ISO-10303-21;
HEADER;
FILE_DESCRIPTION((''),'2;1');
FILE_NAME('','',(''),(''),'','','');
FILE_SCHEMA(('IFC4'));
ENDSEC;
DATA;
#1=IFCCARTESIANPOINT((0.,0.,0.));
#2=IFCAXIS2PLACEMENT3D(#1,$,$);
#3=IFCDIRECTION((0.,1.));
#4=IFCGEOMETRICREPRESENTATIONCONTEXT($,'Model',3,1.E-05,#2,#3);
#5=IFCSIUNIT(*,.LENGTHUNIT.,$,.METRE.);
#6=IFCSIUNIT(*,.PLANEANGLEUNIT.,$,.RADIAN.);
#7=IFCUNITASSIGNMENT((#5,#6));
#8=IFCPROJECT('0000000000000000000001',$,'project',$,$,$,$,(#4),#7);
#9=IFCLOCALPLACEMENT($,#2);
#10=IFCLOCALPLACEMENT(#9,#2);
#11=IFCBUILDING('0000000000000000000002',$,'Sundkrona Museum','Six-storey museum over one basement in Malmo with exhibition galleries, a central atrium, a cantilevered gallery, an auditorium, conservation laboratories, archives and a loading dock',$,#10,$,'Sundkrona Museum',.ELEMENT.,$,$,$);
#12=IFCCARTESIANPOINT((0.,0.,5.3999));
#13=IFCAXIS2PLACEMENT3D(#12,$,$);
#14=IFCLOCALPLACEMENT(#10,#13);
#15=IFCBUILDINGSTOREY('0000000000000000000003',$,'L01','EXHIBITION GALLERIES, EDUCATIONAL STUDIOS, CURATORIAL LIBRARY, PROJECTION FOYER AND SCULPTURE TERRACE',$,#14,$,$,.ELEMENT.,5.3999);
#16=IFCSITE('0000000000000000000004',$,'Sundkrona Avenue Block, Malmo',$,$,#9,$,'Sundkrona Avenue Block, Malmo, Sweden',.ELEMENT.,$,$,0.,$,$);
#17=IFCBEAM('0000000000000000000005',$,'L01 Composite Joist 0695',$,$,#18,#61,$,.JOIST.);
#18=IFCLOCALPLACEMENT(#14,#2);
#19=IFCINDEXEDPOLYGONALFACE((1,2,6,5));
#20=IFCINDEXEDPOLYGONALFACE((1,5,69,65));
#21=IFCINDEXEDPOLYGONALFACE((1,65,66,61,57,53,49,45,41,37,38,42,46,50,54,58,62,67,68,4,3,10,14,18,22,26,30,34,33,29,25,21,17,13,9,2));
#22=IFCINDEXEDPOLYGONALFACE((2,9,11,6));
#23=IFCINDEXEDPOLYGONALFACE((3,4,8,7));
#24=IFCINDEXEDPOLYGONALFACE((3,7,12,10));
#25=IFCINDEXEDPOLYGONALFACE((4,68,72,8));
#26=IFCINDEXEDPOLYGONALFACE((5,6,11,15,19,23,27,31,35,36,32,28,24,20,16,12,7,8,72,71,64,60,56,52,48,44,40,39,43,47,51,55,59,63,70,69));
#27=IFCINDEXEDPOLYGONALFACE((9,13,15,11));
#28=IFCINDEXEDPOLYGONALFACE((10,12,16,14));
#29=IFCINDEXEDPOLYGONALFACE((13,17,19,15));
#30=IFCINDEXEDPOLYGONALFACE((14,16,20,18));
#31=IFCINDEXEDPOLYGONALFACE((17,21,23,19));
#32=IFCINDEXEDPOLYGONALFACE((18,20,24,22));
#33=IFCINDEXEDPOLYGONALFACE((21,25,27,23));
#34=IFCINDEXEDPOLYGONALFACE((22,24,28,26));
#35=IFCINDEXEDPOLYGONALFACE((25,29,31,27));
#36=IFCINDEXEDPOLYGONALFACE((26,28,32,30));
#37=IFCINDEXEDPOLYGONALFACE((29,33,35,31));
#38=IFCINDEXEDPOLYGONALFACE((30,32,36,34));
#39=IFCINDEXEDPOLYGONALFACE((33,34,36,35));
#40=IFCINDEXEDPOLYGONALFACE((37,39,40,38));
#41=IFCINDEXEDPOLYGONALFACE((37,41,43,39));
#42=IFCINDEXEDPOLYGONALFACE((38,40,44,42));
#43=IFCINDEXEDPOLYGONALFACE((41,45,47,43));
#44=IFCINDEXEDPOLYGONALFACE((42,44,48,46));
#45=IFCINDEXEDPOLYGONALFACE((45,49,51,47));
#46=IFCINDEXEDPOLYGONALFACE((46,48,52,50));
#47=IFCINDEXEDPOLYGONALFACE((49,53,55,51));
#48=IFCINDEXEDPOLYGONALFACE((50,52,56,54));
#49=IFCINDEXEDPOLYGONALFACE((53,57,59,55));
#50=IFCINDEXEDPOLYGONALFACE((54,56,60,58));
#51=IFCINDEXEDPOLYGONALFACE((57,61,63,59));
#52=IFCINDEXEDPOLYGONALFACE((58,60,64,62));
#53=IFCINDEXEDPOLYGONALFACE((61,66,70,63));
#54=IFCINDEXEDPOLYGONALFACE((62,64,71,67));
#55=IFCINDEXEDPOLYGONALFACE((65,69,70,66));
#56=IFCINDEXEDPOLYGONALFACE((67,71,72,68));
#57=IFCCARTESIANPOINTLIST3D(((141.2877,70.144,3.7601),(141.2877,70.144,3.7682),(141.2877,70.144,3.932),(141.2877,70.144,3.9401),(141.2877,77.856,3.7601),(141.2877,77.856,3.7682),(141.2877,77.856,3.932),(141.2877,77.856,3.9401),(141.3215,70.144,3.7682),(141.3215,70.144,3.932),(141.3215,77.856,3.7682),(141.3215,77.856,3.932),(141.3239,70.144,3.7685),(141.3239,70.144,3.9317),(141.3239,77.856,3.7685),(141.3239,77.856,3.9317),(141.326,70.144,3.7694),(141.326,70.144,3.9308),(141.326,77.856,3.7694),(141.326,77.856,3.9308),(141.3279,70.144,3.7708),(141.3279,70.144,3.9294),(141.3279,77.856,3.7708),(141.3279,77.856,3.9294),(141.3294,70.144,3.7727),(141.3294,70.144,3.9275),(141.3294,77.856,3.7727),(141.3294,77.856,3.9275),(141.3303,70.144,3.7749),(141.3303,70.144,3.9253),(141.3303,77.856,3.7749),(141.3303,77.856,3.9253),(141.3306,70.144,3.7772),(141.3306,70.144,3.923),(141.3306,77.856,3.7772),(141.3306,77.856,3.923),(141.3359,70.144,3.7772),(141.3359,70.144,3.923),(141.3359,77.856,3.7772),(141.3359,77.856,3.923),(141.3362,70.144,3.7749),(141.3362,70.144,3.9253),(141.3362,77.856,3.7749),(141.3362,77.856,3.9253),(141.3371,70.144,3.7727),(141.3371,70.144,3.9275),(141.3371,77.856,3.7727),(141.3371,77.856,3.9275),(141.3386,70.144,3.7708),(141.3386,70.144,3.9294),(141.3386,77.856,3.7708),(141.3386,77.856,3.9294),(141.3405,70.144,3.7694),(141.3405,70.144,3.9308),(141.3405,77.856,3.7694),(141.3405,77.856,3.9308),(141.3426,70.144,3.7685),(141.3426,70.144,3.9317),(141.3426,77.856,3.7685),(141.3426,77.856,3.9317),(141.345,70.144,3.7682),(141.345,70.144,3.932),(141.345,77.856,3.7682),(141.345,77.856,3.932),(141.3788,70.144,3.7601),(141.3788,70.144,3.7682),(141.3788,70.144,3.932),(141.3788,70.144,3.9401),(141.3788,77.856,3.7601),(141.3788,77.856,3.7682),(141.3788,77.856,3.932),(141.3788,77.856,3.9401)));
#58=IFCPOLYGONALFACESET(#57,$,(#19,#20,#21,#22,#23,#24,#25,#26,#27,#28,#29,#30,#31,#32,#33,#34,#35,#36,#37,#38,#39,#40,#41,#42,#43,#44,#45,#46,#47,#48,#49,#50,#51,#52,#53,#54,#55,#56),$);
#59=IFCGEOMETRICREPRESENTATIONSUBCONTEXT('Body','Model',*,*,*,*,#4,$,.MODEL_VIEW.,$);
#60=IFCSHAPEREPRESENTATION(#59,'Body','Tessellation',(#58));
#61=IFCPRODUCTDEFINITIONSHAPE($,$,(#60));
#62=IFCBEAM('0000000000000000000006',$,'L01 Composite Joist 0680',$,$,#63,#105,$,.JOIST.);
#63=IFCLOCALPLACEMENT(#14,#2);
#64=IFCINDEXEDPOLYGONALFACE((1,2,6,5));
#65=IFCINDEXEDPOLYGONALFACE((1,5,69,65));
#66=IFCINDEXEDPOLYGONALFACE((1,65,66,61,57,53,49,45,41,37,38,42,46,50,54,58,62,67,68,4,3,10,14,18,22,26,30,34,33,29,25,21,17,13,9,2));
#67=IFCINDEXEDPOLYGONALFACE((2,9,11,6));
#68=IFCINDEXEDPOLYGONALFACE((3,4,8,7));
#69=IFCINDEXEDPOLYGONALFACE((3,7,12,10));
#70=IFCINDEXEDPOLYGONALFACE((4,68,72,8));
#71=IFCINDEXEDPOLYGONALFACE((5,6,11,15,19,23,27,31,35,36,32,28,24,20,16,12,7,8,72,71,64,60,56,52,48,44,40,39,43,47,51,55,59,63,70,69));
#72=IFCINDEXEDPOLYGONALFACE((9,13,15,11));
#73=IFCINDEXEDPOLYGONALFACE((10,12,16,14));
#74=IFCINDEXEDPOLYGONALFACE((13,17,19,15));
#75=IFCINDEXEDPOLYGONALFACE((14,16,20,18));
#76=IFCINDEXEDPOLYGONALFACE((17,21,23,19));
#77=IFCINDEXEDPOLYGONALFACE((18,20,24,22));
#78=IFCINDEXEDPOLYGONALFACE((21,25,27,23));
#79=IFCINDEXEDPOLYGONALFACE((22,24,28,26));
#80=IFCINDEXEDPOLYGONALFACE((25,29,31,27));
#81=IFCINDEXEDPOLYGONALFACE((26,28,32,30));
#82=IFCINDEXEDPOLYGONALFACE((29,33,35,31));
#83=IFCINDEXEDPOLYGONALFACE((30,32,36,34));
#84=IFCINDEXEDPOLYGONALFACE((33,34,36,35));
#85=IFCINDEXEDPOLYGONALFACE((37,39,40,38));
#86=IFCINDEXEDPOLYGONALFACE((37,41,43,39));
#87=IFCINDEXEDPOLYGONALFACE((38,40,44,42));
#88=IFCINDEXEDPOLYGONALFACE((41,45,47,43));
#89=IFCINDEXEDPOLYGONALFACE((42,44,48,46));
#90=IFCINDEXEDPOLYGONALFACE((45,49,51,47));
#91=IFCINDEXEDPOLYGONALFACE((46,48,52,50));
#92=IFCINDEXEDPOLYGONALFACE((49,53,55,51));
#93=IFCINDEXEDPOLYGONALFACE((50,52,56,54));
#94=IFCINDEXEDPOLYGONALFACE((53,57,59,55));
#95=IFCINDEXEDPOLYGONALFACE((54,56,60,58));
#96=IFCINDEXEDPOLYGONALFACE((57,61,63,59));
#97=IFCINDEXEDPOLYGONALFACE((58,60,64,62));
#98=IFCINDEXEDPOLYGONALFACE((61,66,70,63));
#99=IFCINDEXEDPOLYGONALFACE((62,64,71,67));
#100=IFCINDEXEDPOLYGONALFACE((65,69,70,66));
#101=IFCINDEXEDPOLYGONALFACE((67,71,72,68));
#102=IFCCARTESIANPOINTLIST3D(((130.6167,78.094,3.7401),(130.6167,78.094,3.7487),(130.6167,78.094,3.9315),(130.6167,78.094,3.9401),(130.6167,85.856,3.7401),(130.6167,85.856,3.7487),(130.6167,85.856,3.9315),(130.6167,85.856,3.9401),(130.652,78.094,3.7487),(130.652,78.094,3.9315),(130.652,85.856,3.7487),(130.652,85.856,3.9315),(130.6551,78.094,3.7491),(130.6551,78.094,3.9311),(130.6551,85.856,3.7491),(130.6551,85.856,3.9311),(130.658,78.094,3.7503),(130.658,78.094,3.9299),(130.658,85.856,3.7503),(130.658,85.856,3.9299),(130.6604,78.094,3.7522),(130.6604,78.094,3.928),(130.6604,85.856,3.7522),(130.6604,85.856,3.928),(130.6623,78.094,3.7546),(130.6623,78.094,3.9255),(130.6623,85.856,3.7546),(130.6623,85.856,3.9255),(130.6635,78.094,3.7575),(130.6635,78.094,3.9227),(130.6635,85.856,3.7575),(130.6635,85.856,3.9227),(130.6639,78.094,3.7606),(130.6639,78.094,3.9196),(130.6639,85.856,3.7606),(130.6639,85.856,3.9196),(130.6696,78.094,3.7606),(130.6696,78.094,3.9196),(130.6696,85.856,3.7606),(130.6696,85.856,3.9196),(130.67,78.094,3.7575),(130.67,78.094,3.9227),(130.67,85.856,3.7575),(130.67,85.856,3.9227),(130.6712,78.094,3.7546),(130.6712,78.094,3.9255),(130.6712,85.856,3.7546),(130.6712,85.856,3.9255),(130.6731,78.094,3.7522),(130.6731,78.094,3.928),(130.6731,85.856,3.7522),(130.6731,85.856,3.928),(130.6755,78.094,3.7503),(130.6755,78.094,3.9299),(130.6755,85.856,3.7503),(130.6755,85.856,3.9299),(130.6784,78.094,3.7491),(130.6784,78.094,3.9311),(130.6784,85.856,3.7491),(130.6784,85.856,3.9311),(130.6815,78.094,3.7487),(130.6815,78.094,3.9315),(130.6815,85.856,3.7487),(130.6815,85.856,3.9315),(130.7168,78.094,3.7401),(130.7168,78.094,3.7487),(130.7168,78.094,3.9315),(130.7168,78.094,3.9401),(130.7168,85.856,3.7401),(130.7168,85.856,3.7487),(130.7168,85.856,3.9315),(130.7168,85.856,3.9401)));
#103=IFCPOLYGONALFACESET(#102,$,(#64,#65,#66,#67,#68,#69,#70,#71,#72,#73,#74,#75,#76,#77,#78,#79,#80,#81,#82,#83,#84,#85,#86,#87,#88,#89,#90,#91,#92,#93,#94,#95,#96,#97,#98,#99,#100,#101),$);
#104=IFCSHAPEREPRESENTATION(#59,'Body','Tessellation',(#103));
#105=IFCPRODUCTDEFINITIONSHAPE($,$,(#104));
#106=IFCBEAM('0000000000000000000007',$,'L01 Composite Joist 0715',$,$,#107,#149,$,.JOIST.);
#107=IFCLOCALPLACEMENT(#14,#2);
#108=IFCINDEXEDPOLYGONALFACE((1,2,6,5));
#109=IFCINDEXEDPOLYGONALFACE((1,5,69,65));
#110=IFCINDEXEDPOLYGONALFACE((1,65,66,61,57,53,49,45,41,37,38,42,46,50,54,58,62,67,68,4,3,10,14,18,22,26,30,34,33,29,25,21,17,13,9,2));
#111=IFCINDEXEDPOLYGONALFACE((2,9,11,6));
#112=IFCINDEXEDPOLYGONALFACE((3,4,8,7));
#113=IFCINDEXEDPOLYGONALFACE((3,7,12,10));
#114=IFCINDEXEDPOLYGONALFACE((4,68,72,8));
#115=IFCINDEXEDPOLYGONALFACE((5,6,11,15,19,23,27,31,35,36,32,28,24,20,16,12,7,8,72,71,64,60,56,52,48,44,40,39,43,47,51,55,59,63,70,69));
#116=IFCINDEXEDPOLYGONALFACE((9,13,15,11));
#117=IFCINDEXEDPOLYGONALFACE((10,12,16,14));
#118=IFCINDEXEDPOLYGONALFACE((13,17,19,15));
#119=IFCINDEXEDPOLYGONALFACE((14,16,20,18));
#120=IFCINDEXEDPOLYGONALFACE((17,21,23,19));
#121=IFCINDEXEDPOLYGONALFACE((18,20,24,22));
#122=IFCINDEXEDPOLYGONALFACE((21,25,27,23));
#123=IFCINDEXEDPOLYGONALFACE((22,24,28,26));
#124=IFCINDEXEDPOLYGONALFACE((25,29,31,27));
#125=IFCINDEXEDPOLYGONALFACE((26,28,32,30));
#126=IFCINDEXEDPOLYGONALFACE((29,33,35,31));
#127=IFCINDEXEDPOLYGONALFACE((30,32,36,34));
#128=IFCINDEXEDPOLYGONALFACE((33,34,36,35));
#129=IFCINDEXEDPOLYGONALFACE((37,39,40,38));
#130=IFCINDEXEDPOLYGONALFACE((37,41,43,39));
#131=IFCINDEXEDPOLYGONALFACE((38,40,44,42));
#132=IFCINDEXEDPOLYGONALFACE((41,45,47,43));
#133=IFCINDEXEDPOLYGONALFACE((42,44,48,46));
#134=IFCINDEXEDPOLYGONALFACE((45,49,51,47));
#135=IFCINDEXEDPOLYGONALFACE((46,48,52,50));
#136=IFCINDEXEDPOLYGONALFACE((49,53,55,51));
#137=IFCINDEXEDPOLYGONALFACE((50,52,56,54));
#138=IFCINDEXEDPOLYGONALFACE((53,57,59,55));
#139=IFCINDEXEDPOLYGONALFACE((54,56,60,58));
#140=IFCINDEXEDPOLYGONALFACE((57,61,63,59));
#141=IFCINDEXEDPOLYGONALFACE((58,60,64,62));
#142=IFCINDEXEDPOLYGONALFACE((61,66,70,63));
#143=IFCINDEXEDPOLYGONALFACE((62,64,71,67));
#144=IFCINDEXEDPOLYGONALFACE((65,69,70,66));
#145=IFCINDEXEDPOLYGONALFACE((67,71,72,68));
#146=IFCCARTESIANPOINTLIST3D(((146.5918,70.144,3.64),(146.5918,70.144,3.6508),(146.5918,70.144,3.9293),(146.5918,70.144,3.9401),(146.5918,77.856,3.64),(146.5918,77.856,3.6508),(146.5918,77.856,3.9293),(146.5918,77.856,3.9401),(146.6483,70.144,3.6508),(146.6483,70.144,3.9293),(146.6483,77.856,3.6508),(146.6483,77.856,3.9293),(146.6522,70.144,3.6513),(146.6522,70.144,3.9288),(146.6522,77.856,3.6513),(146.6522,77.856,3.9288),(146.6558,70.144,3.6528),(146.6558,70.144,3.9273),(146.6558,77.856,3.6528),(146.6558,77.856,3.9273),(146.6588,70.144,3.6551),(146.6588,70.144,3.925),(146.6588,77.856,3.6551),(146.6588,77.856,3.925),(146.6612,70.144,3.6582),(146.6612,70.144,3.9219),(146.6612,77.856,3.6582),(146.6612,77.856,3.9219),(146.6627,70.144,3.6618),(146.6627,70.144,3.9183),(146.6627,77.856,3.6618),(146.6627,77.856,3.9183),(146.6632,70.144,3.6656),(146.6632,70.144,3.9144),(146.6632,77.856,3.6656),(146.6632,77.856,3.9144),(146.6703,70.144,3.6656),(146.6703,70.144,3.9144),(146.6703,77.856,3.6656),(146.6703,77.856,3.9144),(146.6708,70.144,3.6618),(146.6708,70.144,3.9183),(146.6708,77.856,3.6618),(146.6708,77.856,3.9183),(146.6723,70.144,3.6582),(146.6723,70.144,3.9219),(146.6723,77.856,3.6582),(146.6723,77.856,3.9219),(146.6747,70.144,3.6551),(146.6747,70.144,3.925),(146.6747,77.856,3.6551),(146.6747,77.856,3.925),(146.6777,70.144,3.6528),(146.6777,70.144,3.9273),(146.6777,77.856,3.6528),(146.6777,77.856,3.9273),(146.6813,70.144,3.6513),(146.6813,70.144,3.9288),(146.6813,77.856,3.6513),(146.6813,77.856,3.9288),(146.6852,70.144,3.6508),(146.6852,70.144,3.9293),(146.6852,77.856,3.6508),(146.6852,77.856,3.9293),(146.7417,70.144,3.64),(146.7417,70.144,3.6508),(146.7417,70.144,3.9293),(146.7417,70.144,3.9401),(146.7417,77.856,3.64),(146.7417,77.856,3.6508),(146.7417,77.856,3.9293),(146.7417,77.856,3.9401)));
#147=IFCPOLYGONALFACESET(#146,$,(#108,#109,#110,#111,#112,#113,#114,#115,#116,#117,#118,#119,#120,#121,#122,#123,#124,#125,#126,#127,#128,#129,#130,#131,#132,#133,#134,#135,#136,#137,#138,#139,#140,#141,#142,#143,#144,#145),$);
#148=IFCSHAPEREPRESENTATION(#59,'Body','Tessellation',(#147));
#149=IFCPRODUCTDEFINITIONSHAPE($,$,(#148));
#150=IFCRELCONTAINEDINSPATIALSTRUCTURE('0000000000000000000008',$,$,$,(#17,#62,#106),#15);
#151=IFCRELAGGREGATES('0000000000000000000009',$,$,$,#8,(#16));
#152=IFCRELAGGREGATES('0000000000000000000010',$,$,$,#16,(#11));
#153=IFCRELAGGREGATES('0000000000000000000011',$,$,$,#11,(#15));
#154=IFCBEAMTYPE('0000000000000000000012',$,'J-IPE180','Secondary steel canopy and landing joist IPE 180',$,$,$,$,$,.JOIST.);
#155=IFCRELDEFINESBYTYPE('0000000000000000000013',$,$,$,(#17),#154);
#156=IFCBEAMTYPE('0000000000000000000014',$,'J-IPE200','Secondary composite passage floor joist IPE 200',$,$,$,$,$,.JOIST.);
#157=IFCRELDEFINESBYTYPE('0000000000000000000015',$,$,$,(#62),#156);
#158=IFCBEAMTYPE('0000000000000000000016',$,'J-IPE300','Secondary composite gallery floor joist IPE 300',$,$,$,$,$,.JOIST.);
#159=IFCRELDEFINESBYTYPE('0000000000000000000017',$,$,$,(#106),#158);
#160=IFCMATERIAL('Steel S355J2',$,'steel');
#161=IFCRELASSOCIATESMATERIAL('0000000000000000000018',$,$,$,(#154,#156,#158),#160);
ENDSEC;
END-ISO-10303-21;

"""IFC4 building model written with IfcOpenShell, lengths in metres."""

from ifc_helpers import new_model, si_unit, direction, frame, origin, origin_2d, place, context, subcontext, project, spatial, i_section, extrude, material, material_profile, profile_set, type_object, element, save


model = new_model("IFC4")

# Units and contexts
model_context = context("Model", 3, precision=1e-05, world=origin(), true_north=direction((0.0, 1.0)))
body_context = subcontext(model_context, "Body", "Model", "MODEL_VIEW")
ifc_project = project(units=[si_unit("LENGTHUNIT", "METRE"), si_unit("PLANEANGLEUNIT", "RADIAN")], contexts=[model_context])

# Site, building, storey
site_placement = place(None, origin())
site = spatial("IfcSite", under=ifc_project, at=site_placement, Name="Sundkrona Avenue Block, Malmo", LongName="Sundkrona Avenue Block, Malmo, Sweden", CompositionType="ELEMENT", RefElevation=0.0)
building_placement = place(site_placement, origin())
building = spatial("IfcBuilding", under=site, at=building_placement, Name="Sundkrona Museum", Description="Six-storey museum over one basement in Malmo with exhibition galleries, a central atrium, a cantilevered gallery, an auditorium, conservation laboratories, archives and a loading dock", LongName="Sundkrona Museum", CompositionType="ELEMENT")
storey_placement = place(building_placement, frame((0.0, 0.0, 5.3999)))
storey = spatial("IfcBuildingStorey", under=building, at=storey_placement, Name="L01", Description="EXHIBITION GALLERIES, EDUCATIONAL STUDIOS, CURATORIAL LIBRARY, PROJECTION FOYER AND SCULPTURE TERRACE", CompositionType="ELEMENT", Elevation=5.3999)

# Shared definitions
ifc_material_1 = material(Name="Steel S355J2", Category="steel")

# Beams
ifc_material_profile_1 = material_profile(ifc_material_1, i_section(OverallWidth=0.0911, OverallDepth=0.1799, WebThickness=0.0054, FlangeThickness=0.0081, FilletRadius=0.009, at=origin_2d()), Name="IPE 180")
ifc_profile_set_1 = profile_set([ifc_material_profile_1], Name="Steel S355J2")
beam_type_1 = type_object("IfcBeamType", Name="J-IPE180", Description="Secondary steel canopy and landing joist IPE 180", PredefinedType="JOIST", material=ifc_profile_set_1)
beam_1_placement = place(storey_placement, frame((141.3333, 70.144, 3.8501), z_axis=(0.0, 1.0, 0.0), x_axis=(-1.0, 0.0, 0.0)))
element("IfcBeam", 1, at=beam_1_placement, inside=storey, type_object=beam_type_1, Name="L01 Composite Joist 0695", PredefinedType="JOIST", context=body_context, shape_type="SweptSolid", body=[
    extrude(i_section(OverallWidth=0.0911, OverallDepth=0.1799, WebThickness=0.0054, FlangeThickness=0.0081, FilletRadius=0.009, at=origin_2d()), origin(), (0.0, 0.0, 1.0), 7.7119),
])
ifc_material_profile_2 = material_profile(ifc_material_1, i_section(OverallWidth=0.1001, OverallDepth=0.2, WebThickness=0.0056, FlangeThickness=0.0085, FilletRadius=0.012, at=origin_2d()), Name="IPE 200")
ifc_profile_set_2 = profile_set([ifc_material_profile_2], Name="Steel S355J2")
beam_type_2 = type_object("IfcBeamType", Name="J-IPE200", Description="Secondary composite passage floor joist IPE 200", PredefinedType="JOIST", material=ifc_profile_set_2)
beam_2_placement = place(storey_placement, frame((130.6667, 78.094, 3.8401), z_axis=(0.0, 1.0, 0.0), x_axis=(-1.0, 0.0, 0.0)))
element("IfcBeam", 2, at=beam_2_placement, inside=storey, type_object=beam_type_2, Name="L01 Composite Joist 0680", PredefinedType="JOIST", context=body_context, shape_type="SweptSolid", body=[
    extrude(i_section(OverallWidth=0.1001, OverallDepth=0.2, WebThickness=0.0056, FlangeThickness=0.0085, FilletRadius=0.012, at=origin_2d()), origin(), (0.0, 0.0, 1.0), 7.762),
])
ifc_material_profile_3 = material_profile(ifc_material_1, i_section(OverallWidth=0.1499, OverallDepth=0.3, WebThickness=0.0071, FlangeThickness=0.0107, FilletRadius=0.0149, at=origin_2d()), Name="IPE 300")
ifc_profile_set_3 = profile_set([ifc_material_profile_3], Name="Steel S355J2")
beam_type_3 = type_object("IfcBeamType", Name="J-IPE300", Description="Secondary composite gallery floor joist IPE 300", PredefinedType="JOIST", material=ifc_profile_set_3)
beam_3_placement = place(storey_placement, frame((146.6667, 70.144, 3.79), z_axis=(0.0, 1.0, 0.0), x_axis=(-1.0, 0.0, 0.0)))
element("IfcBeam", 3, at=beam_3_placement, inside=storey, type_object=beam_type_3, Name="L01 Composite Joist 0715", PredefinedType="JOIST", context=body_context, shape_type="SweptSolid", body=[
    extrude(i_section(OverallWidth=0.1499, OverallDepth=0.3, WebThickness=0.0071, FlangeThickness=0.0107, FilletRadius=0.0149, at=origin_2d()), origin(), (0.0, 0.0, 1.0), 7.7119),
])

save(model, "model.ifc")
